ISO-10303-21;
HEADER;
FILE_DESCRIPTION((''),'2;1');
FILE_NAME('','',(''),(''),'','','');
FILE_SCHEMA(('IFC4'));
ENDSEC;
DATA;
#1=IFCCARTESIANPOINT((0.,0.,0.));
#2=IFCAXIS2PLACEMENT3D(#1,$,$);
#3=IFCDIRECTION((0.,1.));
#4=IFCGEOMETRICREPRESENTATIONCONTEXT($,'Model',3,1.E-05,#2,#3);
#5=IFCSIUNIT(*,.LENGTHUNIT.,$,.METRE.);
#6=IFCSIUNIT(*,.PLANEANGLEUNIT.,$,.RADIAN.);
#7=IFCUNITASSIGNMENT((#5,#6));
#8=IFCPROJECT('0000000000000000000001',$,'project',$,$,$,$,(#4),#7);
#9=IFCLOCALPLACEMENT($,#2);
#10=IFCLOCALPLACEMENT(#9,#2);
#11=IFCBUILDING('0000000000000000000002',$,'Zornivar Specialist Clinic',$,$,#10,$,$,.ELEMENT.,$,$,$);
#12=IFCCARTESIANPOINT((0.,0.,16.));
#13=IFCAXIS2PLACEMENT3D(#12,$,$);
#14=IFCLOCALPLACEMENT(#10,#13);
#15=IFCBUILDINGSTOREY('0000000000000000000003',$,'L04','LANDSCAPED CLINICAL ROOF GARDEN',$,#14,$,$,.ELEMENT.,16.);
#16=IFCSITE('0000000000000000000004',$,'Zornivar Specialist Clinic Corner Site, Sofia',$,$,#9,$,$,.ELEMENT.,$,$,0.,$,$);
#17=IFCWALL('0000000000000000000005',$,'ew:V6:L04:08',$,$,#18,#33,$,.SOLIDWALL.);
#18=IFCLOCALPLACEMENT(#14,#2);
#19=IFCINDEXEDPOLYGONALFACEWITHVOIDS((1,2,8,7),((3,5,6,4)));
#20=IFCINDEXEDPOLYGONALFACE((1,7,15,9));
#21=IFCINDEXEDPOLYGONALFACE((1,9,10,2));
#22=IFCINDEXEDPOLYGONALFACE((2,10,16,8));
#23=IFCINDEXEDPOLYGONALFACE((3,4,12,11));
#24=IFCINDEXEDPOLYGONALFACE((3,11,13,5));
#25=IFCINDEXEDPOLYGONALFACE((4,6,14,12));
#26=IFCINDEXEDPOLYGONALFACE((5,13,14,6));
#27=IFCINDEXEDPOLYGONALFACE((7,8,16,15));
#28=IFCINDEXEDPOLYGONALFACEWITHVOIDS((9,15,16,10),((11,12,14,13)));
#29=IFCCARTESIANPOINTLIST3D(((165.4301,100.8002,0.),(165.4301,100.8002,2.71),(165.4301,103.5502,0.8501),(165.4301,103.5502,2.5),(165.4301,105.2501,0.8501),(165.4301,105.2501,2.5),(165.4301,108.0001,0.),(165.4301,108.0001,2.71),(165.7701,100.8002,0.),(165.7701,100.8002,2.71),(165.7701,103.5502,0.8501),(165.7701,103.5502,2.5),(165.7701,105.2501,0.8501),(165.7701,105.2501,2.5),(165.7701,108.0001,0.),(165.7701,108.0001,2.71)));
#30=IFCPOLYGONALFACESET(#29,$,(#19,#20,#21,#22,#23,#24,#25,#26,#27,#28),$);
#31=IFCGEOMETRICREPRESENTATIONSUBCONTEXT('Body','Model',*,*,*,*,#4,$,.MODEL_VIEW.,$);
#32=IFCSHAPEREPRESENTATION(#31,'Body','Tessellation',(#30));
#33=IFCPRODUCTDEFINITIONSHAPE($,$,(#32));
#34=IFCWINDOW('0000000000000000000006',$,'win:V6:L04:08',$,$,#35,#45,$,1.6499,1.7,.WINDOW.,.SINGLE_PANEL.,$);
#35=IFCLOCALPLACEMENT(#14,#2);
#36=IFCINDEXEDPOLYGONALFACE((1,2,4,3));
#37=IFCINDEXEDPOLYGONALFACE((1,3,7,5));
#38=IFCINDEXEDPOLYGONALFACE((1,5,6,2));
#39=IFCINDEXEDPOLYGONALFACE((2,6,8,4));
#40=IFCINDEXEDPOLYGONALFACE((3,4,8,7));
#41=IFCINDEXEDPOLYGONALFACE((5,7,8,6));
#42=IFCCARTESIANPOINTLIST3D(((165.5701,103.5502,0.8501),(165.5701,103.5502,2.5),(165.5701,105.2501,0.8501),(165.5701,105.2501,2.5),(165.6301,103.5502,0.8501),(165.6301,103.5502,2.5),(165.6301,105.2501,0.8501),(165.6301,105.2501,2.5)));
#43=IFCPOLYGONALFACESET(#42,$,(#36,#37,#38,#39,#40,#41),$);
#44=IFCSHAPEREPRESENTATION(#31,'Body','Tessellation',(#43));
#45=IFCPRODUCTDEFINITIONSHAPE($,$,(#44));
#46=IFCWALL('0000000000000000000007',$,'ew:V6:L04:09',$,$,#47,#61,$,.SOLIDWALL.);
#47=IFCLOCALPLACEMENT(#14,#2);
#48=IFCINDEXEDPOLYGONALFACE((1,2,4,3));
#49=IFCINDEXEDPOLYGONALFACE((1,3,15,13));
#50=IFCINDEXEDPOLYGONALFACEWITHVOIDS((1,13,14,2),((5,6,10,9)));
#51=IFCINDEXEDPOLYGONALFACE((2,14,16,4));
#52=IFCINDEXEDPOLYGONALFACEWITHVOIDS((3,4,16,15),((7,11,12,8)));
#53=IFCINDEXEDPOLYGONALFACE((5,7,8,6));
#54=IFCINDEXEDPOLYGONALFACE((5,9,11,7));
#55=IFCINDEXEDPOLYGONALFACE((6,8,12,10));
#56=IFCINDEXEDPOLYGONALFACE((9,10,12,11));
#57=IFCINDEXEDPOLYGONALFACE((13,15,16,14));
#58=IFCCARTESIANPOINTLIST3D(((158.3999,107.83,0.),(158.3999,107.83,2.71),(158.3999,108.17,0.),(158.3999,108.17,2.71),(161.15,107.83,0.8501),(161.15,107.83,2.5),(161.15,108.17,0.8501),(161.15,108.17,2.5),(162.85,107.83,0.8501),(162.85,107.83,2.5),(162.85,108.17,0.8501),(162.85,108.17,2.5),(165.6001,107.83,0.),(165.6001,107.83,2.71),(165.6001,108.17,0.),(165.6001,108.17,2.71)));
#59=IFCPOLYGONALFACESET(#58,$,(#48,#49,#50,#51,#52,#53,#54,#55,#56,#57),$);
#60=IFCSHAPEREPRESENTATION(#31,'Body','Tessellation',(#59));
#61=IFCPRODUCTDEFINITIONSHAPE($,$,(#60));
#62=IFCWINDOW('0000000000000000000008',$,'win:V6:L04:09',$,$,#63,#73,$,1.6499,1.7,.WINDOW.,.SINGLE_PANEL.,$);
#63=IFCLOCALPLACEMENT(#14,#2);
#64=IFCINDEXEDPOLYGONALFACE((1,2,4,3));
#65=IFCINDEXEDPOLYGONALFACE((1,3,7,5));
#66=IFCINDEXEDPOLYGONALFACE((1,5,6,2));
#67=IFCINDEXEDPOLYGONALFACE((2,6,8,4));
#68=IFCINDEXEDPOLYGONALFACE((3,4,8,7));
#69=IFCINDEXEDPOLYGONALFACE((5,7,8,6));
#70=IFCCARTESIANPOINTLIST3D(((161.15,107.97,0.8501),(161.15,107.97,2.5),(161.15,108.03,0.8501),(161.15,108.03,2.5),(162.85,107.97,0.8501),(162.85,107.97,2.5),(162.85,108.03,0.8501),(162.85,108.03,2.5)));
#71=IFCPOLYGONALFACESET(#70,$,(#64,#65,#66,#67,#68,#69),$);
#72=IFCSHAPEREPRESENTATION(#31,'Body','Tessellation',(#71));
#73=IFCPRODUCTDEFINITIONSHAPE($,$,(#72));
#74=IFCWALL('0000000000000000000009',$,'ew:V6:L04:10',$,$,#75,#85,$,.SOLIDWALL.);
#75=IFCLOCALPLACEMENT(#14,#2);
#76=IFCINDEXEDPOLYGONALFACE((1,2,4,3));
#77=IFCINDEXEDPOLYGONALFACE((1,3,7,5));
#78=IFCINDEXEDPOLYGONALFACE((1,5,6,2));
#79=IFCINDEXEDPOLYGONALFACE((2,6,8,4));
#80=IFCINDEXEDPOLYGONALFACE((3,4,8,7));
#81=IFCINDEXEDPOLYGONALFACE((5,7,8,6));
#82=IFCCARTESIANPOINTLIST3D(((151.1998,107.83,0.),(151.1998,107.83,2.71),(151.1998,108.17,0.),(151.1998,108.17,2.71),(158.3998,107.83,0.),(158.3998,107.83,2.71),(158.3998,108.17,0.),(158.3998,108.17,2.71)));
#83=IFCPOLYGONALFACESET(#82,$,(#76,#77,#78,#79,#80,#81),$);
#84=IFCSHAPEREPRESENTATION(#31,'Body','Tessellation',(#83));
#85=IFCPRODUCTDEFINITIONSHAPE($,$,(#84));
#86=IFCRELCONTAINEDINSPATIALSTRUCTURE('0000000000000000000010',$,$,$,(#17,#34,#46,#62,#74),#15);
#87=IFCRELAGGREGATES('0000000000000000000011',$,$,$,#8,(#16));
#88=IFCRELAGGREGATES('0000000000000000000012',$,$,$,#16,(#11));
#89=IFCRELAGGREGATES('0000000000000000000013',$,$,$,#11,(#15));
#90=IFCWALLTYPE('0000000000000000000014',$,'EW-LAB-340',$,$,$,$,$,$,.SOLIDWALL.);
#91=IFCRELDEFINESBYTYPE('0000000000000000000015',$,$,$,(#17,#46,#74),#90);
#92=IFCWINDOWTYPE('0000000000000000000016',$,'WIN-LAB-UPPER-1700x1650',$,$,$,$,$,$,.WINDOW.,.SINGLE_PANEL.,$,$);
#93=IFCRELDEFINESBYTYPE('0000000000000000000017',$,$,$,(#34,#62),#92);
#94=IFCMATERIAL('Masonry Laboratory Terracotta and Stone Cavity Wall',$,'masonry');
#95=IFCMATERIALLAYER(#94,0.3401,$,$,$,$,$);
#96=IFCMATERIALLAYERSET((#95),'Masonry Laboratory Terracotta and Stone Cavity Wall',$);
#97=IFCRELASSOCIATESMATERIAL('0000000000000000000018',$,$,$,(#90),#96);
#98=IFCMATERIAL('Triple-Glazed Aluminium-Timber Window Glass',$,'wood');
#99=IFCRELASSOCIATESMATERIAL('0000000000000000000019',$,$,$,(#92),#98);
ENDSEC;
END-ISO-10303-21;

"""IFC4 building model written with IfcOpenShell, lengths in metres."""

from ifc_helpers import new_model, si_unit, direction, frame, frame_2d, origin, place, context, subcontext, project, spatial, rectangle, extrude, material, layer, layer_set, type_object, element, fill, save


model = new_model("IFC4")

# Units and contexts
model_context = context("Model", 3, precision=1e-05, world=origin(), true_north=direction((0.0, 1.0)))
body_context = subcontext(model_context, "Body", "Model", "MODEL_VIEW")
ifc_project = project(units=[si_unit("LENGTHUNIT", "METRE"), si_unit("PLANEANGLEUNIT", "RADIAN")], contexts=[model_context])

# Site, building, storey
site_placement = place(None, origin())
site = spatial("IfcSite", under=ifc_project, at=site_placement, Name="Zornivar Specialist Clinic Corner Site, Sofia", CompositionType="ELEMENT", RefElevation=0.0)
building_placement = place(site_placement, origin())
building = spatial("IfcBuilding", under=site, at=building_placement, Name="Zornivar Specialist Clinic", CompositionType="ELEMENT")
storey_placement = place(building_placement, frame((0.0, 0.0, 16.0)))
storey = spatial("IfcBuildingStorey", under=building, at=storey_placement, Name="L04", Description="LANDSCAPED CLINICAL ROOF GARDEN", CompositionType="ELEMENT", Elevation=16.0)

# Walls, openings, windows
ifc_material_1 = material(Name="Masonry Laboratory Terracotta and Stone Cavity Wall", Category="masonry")
ifc_layer = layer(ifc_material_1, 0.3401)
ifc_layer_set = layer_set([ifc_layer], Name="Masonry Laboratory Terracotta and Stone Cavity Wall")
wall_type = type_object("IfcWallType", Name="EW-LAB-340", PredefinedType="SOLIDWALL", material=ifc_layer_set)
ifc_material_2 = material(Name="Triple-Glazed Aluminium-Timber Window Glass", Category="wood")
window_type = type_object("IfcWindowType", Name="WIN-LAB-UPPER-1700x1650", PartitioningType="SINGLE_PANEL", PredefinedType="WINDOW", material=ifc_material_2)
wall_1_placement = place(storey_placement, frame((165.6001, 100.8, 0.0), z_axis=(0.0, 0.0, 1.0), x_axis=(0.0, 1.0, 0.0)))
wall_1 = element("IfcWall", 1, at=wall_1_placement, inside=storey, type_object=wall_type, Name="ew:V6:L04:08", PredefinedType="SOLIDWALL", context=body_context, shape_type="SweptSolid", body=[
    extrude(rectangle(XDim=7.2, YDim=0.3401, at=frame_2d((3.6001, 0.0))), origin(), (0.0, 0.0, 1.0), 2.71),
])
opening_1_placement = place(wall_1_placement, frame((2.75, 0.0, 0.8501)))
opening_1 = element("IfcOpeningElement", 2, at=opening_1_placement, cuts=wall_1, PredefinedType="OPENING", context=body_context, shape_type="SweptSolid", body=[
    extrude(rectangle(XDim=1.7, YDim=1.6499, at=frame_2d((0.8501, 0.825))), frame((0.0, 0.1799, 0.0), z_axis=(0.0, -1.0, 0.0), x_axis=(1.0, 0.0, 0.0)), (0.0, 0.0, 1.0), 0.3601),
])
window_1_placement = place(opening_1_placement, origin())
window_1 = element("IfcWindow", 3, at=window_1_placement, inside=storey, type_object=window_type, Name="win:V6:L04:08", OverallHeight=1.6499, OverallWidth=1.7, PartitioningType="SINGLE_PANEL", PredefinedType="WINDOW", context=body_context, shape_type="SweptSolid", body=[
    extrude(rectangle(XDim=1.7, YDim=1.6499, at=frame_2d((0.8501, 0.825))), frame((0.0, 0.03, 0.0), z_axis=(0.0, -1.0, 0.0), x_axis=(1.0, 0.0, 0.0)), (0.0, 0.0, 1.0), 0.0601),
])
fill(opening_1, window_1)
wall_2_placement = place(storey_placement, frame((165.6001, 108.0, 0.0), z_axis=(0.0, 0.0, 1.0), x_axis=(-1.0, 0.0, 0.0)))
wall_2 = element("IfcWall", 4, at=wall_2_placement, inside=storey, type_object=wall_type, Name="ew:V6:L04:09", PredefinedType="SOLIDWALL", context=body_context, shape_type="SweptSolid", body=[
    extrude(rectangle(XDim=7.2002, YDim=0.3401, at=frame_2d((3.6001, 0.0))), origin(), (0.0, 0.0, 1.0), 2.71),
])
opening_2_placement = place(wall_2_placement, frame((2.75, 0.0, 0.8501)))
opening_2 = element("IfcOpeningElement", 5, at=opening_2_placement, cuts=wall_2, PredefinedType="OPENING", context=body_context, shape_type="SweptSolid", body=[
    extrude(rectangle(XDim=1.7, YDim=1.6499, at=frame_2d((0.8501, 0.825))), frame((0.0, 0.1799, 0.0), z_axis=(0.0, -1.0, 0.0), x_axis=(1.0, 0.0, 0.0)), (0.0, 0.0, 1.0), 0.3601),
])
window_2_placement = place(opening_2_placement, origin())
window_2 = element("IfcWindow", 6, at=window_2_placement, inside=storey, type_object=window_type, Name="win:V6:L04:09", OverallHeight=1.6499, OverallWidth=1.7, PartitioningType="SINGLE_PANEL", PredefinedType="WINDOW", context=body_context, shape_type="SweptSolid", body=[
    extrude(rectangle(XDim=1.7, YDim=1.6499, at=frame_2d((0.8501, 0.825))), frame((0.0, 0.03, 0.0), z_axis=(0.0, -1.0, 0.0), x_axis=(1.0, 0.0, 0.0)), (0.0, 0.0, 1.0), 0.0601),
])
fill(opening_2, window_2)

# Wall
wall_3_placement = place(storey_placement, frame((158.3999, 108.0, 0.0), z_axis=(0.0, 0.0, 1.0), x_axis=(-1.0, 0.0, 0.0)))
element("IfcWall", 7, at=wall_3_placement, inside=storey, type_object=wall_type, Name="ew:V6:L04:10", PredefinedType="SOLIDWALL", context=body_context, shape_type="SweptSolid", body=[
    extrude(rectangle(XDim=7.2, YDim=0.3401, at=frame_2d((3.6001, 0.0))), origin(), (0.0, 0.0, 1.0), 2.71),
])

save(model, "model.ifc")
